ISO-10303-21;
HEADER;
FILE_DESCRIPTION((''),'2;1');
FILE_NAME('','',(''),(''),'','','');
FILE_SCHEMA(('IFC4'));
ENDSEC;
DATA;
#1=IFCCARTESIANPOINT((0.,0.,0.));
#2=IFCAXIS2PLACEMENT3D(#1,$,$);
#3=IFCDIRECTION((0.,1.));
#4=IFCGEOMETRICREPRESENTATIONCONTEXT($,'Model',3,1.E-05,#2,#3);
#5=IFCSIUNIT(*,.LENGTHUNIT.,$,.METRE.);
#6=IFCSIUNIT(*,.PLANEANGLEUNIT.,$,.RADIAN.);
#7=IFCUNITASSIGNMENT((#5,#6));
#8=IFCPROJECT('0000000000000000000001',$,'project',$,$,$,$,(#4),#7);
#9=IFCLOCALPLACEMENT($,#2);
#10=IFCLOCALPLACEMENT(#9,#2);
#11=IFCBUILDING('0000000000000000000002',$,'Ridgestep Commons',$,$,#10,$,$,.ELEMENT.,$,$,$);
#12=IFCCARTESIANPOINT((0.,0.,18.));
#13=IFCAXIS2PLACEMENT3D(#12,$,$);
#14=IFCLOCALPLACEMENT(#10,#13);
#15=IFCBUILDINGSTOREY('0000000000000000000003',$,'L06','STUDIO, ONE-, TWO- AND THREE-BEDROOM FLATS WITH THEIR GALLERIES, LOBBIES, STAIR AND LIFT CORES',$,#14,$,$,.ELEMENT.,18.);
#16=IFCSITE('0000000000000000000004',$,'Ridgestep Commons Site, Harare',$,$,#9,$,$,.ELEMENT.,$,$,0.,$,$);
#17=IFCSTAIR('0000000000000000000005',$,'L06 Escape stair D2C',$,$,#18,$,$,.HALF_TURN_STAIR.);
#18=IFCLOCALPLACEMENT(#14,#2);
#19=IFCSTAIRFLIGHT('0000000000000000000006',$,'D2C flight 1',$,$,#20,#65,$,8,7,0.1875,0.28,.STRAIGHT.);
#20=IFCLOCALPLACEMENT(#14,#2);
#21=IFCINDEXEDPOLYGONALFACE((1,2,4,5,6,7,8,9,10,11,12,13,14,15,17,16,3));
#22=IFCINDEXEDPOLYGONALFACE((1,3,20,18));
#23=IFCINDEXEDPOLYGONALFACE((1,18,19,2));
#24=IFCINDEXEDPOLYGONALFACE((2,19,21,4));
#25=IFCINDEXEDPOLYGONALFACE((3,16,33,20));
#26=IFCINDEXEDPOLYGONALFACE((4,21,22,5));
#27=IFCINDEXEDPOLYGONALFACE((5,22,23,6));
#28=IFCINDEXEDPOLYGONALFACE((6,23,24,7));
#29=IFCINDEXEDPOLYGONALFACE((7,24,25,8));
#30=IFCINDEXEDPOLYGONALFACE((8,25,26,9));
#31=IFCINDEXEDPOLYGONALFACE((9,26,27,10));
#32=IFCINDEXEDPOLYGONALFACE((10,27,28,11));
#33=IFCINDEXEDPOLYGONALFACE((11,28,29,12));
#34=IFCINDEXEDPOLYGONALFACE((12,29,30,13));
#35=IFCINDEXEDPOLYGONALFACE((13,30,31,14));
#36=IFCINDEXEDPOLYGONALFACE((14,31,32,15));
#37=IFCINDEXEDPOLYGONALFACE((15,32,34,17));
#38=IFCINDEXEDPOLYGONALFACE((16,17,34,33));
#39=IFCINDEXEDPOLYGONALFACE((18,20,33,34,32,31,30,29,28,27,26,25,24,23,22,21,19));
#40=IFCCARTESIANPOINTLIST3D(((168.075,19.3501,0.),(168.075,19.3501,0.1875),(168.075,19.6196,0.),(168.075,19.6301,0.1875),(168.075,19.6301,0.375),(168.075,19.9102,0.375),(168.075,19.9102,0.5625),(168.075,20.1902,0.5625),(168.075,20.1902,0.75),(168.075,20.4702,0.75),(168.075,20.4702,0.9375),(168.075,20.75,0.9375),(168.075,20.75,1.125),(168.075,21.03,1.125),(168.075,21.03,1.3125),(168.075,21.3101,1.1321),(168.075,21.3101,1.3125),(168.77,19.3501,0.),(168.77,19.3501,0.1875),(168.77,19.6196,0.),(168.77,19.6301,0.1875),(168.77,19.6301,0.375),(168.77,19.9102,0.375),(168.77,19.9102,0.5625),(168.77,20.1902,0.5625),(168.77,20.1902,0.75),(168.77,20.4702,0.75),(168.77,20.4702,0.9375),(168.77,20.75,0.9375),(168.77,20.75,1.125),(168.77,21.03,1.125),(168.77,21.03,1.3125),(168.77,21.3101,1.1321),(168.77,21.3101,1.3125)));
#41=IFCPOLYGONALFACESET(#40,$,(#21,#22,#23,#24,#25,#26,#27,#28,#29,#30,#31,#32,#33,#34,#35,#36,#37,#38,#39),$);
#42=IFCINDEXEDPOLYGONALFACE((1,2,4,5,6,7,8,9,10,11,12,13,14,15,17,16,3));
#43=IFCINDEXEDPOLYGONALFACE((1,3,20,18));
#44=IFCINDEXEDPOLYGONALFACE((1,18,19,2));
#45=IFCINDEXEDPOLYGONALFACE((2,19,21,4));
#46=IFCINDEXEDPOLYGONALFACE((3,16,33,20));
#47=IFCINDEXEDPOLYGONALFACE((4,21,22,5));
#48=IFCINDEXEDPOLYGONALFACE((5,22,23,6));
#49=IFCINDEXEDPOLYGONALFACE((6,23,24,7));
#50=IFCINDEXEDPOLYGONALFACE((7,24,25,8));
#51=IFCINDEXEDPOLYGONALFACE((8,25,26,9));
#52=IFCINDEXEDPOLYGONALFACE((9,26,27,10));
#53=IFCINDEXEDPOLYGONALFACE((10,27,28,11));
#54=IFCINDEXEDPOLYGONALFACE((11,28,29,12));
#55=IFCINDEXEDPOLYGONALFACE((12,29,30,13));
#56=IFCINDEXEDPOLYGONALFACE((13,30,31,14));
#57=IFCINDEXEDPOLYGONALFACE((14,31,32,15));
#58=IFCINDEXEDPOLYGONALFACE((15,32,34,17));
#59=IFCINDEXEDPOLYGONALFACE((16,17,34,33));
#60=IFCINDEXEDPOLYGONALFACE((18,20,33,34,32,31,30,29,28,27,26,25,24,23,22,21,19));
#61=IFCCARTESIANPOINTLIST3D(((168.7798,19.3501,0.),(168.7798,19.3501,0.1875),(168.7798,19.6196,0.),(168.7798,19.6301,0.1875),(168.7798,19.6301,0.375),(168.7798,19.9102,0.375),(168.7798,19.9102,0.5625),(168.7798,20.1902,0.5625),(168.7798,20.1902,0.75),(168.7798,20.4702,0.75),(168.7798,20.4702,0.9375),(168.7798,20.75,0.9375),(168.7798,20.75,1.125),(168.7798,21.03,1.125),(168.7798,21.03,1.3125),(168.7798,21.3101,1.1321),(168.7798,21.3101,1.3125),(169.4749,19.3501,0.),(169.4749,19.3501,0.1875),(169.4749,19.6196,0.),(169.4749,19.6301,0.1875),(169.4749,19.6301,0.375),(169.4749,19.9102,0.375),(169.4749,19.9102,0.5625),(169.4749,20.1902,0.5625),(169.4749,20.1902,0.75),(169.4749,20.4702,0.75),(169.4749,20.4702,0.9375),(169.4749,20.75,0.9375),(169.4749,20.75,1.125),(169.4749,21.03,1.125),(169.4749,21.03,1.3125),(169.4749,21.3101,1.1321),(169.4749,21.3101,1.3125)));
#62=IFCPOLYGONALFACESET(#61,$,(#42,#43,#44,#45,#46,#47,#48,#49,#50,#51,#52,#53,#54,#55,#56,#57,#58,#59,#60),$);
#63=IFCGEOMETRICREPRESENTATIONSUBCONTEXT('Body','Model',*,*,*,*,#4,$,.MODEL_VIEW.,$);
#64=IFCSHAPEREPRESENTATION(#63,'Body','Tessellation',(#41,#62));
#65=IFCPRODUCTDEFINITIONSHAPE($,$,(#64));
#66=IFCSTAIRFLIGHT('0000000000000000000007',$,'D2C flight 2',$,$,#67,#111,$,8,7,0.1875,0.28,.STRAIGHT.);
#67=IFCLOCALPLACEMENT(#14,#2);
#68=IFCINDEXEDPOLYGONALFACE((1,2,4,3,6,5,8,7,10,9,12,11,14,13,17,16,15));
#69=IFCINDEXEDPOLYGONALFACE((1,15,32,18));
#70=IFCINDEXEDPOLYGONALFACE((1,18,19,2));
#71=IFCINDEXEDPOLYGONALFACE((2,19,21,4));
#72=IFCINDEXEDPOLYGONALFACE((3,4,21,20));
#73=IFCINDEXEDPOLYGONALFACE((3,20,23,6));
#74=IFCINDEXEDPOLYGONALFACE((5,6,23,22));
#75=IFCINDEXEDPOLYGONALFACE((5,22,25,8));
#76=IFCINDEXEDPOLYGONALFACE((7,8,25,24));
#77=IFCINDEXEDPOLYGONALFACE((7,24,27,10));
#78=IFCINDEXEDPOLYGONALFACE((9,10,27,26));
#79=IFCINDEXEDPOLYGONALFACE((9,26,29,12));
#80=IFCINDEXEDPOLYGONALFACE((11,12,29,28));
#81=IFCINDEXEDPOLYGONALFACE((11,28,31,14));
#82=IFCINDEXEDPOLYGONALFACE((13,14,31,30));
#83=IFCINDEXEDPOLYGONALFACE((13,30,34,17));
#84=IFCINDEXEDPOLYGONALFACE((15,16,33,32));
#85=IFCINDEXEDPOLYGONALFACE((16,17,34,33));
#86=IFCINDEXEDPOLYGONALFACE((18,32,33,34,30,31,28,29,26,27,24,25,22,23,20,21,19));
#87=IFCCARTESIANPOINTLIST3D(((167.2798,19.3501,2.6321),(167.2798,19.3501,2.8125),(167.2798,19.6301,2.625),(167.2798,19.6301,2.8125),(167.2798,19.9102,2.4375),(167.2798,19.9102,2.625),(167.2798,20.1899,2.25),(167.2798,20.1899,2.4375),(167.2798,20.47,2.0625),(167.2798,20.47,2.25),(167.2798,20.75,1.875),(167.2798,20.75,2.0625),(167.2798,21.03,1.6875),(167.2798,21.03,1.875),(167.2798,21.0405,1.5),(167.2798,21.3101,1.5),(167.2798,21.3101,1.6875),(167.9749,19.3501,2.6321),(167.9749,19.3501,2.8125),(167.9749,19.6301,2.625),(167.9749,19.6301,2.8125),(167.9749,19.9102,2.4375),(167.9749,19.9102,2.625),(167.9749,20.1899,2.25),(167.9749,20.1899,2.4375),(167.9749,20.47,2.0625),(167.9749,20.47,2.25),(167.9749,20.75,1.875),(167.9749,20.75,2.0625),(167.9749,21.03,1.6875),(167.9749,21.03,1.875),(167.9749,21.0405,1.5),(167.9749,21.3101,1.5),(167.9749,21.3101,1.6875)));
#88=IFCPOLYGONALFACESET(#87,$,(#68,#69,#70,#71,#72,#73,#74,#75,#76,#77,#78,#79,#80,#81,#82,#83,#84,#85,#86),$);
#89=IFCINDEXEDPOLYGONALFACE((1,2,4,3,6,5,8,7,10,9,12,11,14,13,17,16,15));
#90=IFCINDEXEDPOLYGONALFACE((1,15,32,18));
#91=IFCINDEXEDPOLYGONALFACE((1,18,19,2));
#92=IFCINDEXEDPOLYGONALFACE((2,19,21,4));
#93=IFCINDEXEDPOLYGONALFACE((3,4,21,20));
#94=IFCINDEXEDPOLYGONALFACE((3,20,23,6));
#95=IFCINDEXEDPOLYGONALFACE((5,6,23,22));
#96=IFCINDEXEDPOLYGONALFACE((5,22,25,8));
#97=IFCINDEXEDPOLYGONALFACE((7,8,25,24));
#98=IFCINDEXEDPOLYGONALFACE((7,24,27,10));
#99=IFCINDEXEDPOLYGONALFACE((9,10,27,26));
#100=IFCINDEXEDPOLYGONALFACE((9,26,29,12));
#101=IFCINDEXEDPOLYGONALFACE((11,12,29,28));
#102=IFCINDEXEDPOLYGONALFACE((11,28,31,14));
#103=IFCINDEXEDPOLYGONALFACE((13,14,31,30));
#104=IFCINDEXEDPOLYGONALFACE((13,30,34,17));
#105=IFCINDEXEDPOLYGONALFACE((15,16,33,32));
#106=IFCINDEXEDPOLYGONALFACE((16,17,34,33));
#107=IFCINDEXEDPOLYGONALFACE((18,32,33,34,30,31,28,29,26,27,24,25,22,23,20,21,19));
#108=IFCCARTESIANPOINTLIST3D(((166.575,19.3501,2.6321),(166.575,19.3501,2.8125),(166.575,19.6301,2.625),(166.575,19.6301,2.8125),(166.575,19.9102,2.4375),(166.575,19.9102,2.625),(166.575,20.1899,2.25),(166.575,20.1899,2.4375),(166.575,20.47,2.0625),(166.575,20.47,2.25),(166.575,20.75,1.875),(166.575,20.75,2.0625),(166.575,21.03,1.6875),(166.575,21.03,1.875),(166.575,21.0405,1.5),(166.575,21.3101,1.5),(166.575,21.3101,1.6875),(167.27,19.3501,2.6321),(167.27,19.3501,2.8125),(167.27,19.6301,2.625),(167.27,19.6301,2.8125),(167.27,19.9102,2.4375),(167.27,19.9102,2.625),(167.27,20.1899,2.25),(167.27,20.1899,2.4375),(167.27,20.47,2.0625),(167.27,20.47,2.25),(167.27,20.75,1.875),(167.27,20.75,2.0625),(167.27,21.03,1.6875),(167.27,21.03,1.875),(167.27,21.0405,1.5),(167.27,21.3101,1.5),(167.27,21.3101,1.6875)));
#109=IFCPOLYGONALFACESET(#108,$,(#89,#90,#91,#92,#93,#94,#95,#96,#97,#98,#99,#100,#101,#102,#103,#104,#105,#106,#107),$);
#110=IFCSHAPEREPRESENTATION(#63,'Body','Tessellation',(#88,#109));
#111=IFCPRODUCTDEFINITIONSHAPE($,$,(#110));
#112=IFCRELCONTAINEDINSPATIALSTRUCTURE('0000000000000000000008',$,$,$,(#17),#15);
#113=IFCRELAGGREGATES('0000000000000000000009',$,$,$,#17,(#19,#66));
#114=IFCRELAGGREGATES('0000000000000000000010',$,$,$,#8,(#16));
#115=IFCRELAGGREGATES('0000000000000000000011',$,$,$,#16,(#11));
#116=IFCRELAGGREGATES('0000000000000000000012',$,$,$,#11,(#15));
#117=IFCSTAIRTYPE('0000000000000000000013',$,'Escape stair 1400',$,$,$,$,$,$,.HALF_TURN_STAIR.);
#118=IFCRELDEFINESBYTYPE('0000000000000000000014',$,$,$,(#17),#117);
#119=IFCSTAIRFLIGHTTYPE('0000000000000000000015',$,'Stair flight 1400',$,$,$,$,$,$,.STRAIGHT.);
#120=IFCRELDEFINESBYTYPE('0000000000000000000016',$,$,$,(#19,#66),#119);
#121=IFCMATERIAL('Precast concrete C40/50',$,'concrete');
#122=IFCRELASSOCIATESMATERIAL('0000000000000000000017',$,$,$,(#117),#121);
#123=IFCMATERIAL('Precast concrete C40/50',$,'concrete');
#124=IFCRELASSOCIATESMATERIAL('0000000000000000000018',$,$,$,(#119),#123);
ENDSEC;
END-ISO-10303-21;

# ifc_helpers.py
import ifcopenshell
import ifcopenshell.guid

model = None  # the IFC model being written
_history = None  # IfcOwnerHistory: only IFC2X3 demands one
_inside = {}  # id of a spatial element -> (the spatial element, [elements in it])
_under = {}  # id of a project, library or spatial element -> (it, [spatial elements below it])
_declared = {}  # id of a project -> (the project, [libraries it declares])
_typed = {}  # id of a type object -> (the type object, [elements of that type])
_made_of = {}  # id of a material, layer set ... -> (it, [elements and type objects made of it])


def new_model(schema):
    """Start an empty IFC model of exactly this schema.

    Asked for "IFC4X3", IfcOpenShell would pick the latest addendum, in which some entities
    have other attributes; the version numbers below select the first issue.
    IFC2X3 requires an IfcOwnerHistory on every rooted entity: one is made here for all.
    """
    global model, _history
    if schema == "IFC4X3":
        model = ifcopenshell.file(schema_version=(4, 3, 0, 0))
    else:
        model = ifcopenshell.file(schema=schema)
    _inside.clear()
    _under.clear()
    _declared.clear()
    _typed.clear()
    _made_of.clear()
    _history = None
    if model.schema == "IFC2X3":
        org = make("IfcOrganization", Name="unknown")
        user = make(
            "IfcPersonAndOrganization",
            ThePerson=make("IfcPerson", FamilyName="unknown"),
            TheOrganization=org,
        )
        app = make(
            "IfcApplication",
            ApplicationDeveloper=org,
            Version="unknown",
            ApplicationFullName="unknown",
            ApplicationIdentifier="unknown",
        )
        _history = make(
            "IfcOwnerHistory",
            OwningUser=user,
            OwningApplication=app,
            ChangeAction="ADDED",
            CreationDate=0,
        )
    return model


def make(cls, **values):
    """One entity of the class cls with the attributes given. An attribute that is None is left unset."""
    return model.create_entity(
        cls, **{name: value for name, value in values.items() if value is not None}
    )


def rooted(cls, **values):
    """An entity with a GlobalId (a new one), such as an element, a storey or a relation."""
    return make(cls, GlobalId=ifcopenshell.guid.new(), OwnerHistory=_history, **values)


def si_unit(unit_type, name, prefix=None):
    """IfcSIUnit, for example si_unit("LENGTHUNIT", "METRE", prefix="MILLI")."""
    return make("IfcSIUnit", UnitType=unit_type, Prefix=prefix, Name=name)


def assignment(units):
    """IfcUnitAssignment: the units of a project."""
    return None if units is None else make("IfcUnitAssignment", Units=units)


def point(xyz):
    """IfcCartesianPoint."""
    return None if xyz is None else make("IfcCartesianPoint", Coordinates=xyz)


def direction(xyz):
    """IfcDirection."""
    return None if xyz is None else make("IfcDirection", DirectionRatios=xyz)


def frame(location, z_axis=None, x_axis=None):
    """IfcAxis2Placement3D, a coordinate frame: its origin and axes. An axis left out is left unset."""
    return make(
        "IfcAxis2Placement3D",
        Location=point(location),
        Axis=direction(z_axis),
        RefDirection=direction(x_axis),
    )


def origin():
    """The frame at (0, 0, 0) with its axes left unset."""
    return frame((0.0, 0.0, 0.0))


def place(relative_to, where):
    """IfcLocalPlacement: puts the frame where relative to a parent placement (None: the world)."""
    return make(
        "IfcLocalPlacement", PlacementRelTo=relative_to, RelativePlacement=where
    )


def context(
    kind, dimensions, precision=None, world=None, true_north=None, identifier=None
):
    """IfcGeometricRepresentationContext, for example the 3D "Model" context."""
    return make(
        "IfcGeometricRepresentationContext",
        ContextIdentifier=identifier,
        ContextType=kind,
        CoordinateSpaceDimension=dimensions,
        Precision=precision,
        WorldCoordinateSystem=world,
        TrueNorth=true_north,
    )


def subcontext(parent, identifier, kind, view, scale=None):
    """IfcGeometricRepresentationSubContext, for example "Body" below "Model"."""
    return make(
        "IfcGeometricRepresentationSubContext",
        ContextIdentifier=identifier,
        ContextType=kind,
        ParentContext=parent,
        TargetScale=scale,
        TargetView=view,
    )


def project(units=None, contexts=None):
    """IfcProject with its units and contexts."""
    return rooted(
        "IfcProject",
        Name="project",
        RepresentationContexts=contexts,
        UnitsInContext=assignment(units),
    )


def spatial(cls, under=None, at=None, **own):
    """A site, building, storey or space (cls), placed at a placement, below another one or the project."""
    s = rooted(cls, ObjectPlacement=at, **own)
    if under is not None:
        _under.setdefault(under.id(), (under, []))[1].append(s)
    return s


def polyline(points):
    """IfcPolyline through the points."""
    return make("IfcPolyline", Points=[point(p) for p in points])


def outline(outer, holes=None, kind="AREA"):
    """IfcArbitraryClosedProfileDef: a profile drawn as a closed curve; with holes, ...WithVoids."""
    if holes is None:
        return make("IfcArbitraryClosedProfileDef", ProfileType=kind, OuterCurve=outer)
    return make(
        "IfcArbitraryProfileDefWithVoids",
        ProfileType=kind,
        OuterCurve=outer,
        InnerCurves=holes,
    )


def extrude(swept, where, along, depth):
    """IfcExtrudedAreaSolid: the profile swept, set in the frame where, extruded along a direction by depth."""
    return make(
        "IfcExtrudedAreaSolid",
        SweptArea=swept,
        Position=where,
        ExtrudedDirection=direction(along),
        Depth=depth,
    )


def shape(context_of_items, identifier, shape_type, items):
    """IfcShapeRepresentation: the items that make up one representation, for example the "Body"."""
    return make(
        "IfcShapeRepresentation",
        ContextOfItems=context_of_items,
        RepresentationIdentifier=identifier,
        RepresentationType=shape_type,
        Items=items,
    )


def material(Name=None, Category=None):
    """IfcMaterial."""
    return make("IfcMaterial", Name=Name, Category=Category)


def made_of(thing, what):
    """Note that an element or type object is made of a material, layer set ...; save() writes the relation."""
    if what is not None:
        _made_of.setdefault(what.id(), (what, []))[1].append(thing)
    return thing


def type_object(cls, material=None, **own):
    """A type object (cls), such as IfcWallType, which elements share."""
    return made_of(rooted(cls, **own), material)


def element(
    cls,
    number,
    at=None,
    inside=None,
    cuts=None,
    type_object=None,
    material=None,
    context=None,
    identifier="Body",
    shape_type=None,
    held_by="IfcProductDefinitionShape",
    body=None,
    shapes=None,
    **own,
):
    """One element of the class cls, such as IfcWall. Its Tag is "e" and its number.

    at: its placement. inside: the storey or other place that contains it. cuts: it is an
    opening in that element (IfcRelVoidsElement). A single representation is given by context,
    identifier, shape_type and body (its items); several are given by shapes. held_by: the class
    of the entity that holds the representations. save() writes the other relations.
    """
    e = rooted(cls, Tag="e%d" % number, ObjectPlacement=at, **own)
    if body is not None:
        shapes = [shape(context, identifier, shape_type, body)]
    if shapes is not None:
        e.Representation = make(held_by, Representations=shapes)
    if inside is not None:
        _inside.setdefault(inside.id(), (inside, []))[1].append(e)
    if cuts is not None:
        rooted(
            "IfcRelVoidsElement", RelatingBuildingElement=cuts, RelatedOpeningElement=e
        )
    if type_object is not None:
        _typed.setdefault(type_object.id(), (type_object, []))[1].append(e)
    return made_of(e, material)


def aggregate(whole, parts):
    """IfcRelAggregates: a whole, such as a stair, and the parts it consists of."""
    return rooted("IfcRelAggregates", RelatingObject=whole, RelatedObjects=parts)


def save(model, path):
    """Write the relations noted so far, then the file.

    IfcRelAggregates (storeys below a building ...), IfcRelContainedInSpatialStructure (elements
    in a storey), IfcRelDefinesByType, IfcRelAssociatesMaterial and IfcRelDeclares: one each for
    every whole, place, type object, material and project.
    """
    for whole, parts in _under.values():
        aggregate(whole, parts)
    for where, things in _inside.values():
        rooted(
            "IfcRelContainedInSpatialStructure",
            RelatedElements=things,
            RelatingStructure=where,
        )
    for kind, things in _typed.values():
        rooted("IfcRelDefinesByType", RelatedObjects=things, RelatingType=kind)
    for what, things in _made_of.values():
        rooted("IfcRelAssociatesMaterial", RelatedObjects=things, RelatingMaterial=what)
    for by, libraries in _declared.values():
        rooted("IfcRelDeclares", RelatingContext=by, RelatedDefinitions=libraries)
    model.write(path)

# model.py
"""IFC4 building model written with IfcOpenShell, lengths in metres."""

from ifc_helpers import new_model, si_unit, direction, frame, origin, place, context, subcontext, project, spatial, polyline, outline, extrude, material, type_object, element, aggregate, save


model = new_model("IFC4")

# Units and contexts
model_context = context("Model", 3, precision=1e-05, world=origin(), true_north=direction((0.0, 1.0)))
body_context = subcontext(model_context, "Body", "Model", "MODEL_VIEW")
ifc_project = project(units=[si_unit("LENGTHUNIT", "METRE"), si_unit("PLANEANGLEUNIT", "RADIAN")], contexts=[model_context])

# Site, building, storey
site_placement = place(None, origin())
site = spatial("IfcSite", under=ifc_project, at=site_placement, Name="Ridgestep Commons Site, Harare", CompositionType="ELEMENT", RefElevation=0.0)
building_placement = place(site_placement, origin())
building = spatial("IfcBuilding", under=site, at=building_placement, Name="Ridgestep Commons", CompositionType="ELEMENT")
storey_placement = place(building_placement, frame((0.0, 0.0, 18.0)))
storey = spatial("IfcBuildingStorey", under=building, at=storey_placement, Name="L06", Description="STUDIO, ONE-, TWO- AND THREE-BEDROOM FLATS WITH THEIR GALLERIES, LOBBIES, STAIR AND LIFT CORES", CompositionType="ELEMENT", Elevation=18.0)

# Stair, stair flights
ifc_material_1 = material(Name="Precast concrete C40/50", Category="concrete")
stair_type = type_object("IfcStairType", Name="Escape stair 1400", PredefinedType="HALF_TURN_STAIR", material=ifc_material_1)
ifc_material_2 = material(Name="Precast concrete C40/50", Category="concrete")
stair_flight_type = type_object("IfcStairFlightType", Name="Stair flight 1400", PredefinedType="STRAIGHT", material=ifc_material_2)
stair_1_placement = place(storey_placement, origin())
stair_1 = element("IfcStair", 1, at=stair_1_placement, inside=storey, type_object=stair_type, Name="L06 Escape stair D2C", PredefinedType="HALF_TURN_STAIR")
stair_flight_1_placement = place(storey_placement, frame((168.7749, 19.3501, 0.0), z_axis=(0.0, 0.0, 1.0), x_axis=(0.0, 1.0, 0.0)))
stair_flight_1 = element("IfcStairFlight", 2, at=stair_flight_1_placement, type_object=stair_flight_type, Name="D2C flight 1", NumberOfRisers=8, NumberOfTreads=7, PredefinedType="STRAIGHT", RiserHeight=0.1875, TreadLength=0.28, context=body_context, shape_type="SweptSolid", body=[
    extrude(outline(polyline([(0.0, 0.0), (0.0, 0.1875), (0.28, 0.1875), (0.28, 0.375), (0.5601, 0.375), (0.5601, 0.5625), (0.8401, 0.5625), (0.8401, 0.75), (1.1201, 0.75), (1.1201, 0.9375), (1.3999, 0.9375), (1.3999, 1.125), (1.6799, 1.125), (1.6799, 1.3125), (1.96, 1.3125), (1.96, 1.5), (1.96, 1.1321), (0.2695, 0.0), (0.0, 0.0)])), frame((0.0, 0.7, 0.0), z_axis=(0.0, -1.0, 0.0), x_axis=(1.0, 0.0, 0.0)), (0.0, 0.0, 1.0), 0.6951),
    extrude(outline(polyline([(0.0, 0.0), (0.0, 0.1875), (0.28, 0.1875), (0.28, 0.375), (0.5601, 0.375), (0.5601, 0.5625), (0.8401, 0.5625), (0.8401, 0.75), (1.1201, 0.75), (1.1201, 0.9375), (1.3999, 0.9375), (1.3999, 1.125), (1.6799, 1.125), (1.6799, 1.3125), (1.96, 1.3125), (1.96, 1.5), (1.96, 1.1321), (0.2695, 0.0), (0.0, 0.0)])), frame((0.0, -0.0049, 0.0), z_axis=(0.0, -1.0, 0.0), x_axis=(1.0, 0.0, 0.0)), (0.0, 0.0, 1.0), 0.6951),
])
stair_flight_2_placement = place(storey_placement, frame((167.2749, 21.3101, 1.5), z_axis=(0.0, 0.0, 1.0), x_axis=(0.0, -1.0, 0.0)))
stair_flight_2 = element("IfcStairFlight", 3, at=stair_flight_2_placement, type_object=stair_flight_type, Name="D2C flight 2", NumberOfRisers=8, NumberOfTreads=7, PredefinedType="STRAIGHT", RiserHeight=0.1875, TreadLength=0.28, context=body_context, shape_type="SweptSolid", body=[
    extrude(outline(polyline([(0.0, 0.0), (0.0, 0.1875), (0.28, 0.1875), (0.28, 0.375), (0.5601, 0.375), (0.5601, 0.5625), (0.8401, 0.5625), (0.8401, 0.75), (1.1201, 0.75), (1.1201, 0.9375), (1.3999, 0.9375), (1.3999, 1.125), (1.6799, 1.125), (1.6799, 1.3125), (1.96, 1.3125), (1.96, 1.5), (1.96, 1.1321), (0.2695, 0.0), (0.0, 0.0)])), frame((0.0, 0.7, 0.0), z_axis=(0.0, -1.0, 0.0), x_axis=(1.0, 0.0, 0.0)), (0.0, 0.0, 1.0), 0.6951),
    extrude(outline(polyline([(0.0, 0.0), (0.0, 0.1875), (0.28, 0.1875), (0.28, 0.375), (0.5601, 0.375), (0.5601, 0.5625), (0.8401, 0.5625), (0.8401, 0.75), (1.1201, 0.75), (1.1201, 0.9375), (1.3999, 0.9375), (1.3999, 1.125), (1.6799, 1.125), (1.6799, 1.3125), (1.96, 1.3125), (1.96, 1.5), (1.96, 1.1321), (0.2695, 0.0), (0.0, 0.0)])), frame((0.0, -0.0049, 0.0), z_axis=(0.0, -1.0, 0.0), x_axis=(1.0, 0.0, 0.0)), (0.0, 0.0, 1.0), 0.6951),
])
aggregate(stair_1, [stair_flight_1, stair_flight_2])

save(model, "model.ifc")
